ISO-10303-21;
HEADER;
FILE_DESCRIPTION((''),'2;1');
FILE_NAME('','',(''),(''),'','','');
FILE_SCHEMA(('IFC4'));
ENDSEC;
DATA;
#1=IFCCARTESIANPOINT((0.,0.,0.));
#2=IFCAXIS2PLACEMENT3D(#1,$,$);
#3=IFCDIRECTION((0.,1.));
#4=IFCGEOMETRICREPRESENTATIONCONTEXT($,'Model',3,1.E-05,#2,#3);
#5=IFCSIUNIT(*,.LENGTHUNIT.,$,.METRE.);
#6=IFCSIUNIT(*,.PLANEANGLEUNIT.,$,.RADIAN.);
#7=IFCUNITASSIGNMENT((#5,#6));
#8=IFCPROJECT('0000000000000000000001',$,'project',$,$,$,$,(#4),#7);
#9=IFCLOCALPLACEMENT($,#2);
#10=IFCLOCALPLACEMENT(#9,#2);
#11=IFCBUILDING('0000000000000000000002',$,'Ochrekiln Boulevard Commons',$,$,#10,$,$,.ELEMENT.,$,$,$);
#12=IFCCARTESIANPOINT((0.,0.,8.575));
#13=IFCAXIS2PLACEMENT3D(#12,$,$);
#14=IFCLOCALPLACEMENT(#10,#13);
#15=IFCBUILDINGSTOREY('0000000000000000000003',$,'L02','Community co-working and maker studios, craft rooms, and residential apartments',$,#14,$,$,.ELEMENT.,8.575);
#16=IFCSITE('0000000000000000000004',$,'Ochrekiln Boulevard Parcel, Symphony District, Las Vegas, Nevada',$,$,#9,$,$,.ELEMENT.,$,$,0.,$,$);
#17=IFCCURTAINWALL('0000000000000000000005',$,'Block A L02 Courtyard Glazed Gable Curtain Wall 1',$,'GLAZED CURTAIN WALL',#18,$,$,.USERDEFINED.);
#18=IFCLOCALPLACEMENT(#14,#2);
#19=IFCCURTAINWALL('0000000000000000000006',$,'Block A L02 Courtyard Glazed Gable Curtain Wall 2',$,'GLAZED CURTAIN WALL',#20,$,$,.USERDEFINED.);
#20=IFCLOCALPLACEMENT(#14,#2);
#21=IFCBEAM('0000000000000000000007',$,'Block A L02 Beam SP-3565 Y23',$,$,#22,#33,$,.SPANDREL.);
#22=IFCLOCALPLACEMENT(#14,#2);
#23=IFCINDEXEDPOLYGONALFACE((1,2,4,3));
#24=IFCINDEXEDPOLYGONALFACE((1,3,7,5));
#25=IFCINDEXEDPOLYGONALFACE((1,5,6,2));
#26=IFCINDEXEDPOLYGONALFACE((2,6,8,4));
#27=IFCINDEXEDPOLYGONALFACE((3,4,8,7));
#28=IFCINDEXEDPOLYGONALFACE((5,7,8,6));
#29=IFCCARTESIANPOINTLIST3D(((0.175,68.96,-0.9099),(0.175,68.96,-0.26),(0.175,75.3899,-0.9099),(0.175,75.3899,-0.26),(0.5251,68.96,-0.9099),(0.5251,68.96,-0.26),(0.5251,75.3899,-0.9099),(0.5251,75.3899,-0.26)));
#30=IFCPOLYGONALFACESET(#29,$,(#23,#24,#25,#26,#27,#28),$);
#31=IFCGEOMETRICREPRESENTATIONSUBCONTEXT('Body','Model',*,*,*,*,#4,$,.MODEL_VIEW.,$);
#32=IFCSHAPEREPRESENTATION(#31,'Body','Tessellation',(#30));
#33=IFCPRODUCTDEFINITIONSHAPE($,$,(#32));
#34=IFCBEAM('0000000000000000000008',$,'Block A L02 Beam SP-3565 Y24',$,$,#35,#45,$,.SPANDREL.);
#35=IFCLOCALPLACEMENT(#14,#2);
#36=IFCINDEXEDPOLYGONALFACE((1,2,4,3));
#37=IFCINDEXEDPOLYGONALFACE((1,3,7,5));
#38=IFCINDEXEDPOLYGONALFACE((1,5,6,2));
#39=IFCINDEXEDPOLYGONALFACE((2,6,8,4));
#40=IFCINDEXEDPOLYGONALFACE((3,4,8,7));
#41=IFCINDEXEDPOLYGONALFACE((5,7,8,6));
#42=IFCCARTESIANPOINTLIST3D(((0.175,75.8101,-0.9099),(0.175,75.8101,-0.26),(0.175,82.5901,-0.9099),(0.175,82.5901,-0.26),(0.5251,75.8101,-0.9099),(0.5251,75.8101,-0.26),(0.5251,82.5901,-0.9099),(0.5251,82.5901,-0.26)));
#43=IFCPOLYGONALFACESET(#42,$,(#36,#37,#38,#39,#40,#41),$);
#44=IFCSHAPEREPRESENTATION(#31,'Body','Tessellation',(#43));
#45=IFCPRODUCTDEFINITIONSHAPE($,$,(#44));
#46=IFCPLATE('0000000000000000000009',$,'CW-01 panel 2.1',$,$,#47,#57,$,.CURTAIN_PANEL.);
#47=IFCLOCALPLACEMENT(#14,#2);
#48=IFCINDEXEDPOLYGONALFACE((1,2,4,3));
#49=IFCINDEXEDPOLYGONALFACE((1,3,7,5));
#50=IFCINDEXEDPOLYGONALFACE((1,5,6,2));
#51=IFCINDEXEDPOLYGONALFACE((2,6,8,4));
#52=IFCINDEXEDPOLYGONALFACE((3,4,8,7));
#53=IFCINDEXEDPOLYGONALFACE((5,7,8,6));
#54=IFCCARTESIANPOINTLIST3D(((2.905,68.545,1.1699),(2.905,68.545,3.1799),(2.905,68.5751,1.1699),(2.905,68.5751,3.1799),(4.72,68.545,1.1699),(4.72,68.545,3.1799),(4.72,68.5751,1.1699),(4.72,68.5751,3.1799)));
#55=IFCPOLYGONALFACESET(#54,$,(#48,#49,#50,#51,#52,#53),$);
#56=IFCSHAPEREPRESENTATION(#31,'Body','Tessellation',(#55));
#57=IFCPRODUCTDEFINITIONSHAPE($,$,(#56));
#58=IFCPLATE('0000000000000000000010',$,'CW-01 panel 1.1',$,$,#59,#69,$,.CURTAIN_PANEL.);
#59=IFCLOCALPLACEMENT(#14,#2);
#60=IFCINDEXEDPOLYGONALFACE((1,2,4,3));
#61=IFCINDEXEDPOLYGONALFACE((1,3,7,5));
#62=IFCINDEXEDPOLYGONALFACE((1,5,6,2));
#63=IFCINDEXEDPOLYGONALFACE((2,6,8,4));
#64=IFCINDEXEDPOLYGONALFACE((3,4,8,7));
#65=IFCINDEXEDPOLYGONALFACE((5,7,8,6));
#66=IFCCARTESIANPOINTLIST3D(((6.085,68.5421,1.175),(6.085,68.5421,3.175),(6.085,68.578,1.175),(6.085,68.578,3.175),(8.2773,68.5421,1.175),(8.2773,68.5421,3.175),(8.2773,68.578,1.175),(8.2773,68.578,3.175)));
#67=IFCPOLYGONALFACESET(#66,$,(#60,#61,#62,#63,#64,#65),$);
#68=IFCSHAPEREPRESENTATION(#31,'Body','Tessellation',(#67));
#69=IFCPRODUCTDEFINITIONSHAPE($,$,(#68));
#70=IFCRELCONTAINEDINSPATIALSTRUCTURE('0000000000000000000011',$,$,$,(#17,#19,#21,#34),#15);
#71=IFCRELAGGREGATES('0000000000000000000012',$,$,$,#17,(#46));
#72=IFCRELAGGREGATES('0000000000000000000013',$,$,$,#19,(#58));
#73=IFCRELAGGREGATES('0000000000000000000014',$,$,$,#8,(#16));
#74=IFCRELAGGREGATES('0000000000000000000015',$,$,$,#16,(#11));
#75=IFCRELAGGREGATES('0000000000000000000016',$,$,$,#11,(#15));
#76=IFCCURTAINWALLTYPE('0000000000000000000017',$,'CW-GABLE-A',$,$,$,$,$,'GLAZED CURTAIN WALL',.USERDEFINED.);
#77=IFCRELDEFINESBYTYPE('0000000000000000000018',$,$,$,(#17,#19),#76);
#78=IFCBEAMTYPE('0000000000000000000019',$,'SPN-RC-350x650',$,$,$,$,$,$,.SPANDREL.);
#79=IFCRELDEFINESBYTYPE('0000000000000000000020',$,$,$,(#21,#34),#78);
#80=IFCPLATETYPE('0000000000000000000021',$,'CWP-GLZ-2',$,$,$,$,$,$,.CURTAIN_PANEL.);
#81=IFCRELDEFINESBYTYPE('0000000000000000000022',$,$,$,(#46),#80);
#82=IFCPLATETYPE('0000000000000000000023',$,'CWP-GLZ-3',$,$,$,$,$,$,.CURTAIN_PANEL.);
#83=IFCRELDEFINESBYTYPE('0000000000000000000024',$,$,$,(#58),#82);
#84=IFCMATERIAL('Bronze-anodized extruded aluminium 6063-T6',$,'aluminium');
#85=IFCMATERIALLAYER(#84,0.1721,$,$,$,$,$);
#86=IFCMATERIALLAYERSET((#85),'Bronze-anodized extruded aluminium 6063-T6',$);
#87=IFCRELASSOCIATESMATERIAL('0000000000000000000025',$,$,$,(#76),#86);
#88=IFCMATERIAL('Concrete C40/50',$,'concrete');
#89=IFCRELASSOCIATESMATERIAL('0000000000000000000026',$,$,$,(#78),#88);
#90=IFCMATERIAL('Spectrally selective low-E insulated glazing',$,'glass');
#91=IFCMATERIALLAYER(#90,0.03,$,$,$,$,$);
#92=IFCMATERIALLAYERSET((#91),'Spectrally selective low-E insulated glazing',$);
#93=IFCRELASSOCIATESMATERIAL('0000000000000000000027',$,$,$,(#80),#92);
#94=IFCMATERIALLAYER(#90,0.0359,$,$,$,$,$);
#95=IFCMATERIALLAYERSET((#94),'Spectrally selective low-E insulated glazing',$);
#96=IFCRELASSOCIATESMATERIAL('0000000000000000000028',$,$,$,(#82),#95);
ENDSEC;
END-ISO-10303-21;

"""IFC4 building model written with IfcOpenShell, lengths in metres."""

from ifc_helpers import new_model, si_unit, direction, frame, origin, origin_2d, place, context, subcontext, project, spatial, rectangle, extrude, material, layer, layer_set, material_profile, profile_set, type_object, element, aggregate, save


model = new_model("IFC4")

# Units and contexts
model_context = context("Model", 3, precision=1e-05, world=origin(), true_north=direction((0.0, 1.0)))
body_context = subcontext(model_context, "Body", "Model", "MODEL_VIEW")
ifc_project = project(units=[si_unit("LENGTHUNIT", "METRE"), si_unit("PLANEANGLEUNIT", "RADIAN")], contexts=[model_context])

# Site, building, storey
site_placement = place(None, origin())
site = spatial("IfcSite", under=ifc_project, at=site_placement, Name="Ochrekiln Boulevard Parcel, Symphony District, Las Vegas, Nevada", CompositionType="ELEMENT", RefElevation=0.0)
building_placement = place(site_placement, origin())
building = spatial("IfcBuilding", under=site, at=building_placement, Name="Ochrekiln Boulevard Commons", CompositionType="ELEMENT")
storey_placement = place(building_placement, frame((0.0, 0.0, 8.575)))
storey = spatial("IfcBuildingStorey", under=building, at=storey_placement, Name="L02", Description="Community co-working and maker studios, craft rooms, and residential apartments", CompositionType="ELEMENT", Elevation=8.575)

# Shared definitions
ifc_material_1 = material(Name="Concrete C40/50", Category="concrete")

# Curtain wall
ifc_material_2 = material(Name="Bronze-anodized extruded aluminium 6063-T6", Category="aluminium")
ifc_layer_1 = layer(ifc_material_2, 0.1721)
ifc_layer_set_1 = layer_set([ifc_layer_1], Name="Bronze-anodized extruded aluminium 6063-T6")
curtain_wall_type = type_object("IfcCurtainWallType", Name="CW-GABLE-A", ElementType="GLAZED CURTAIN WALL", PredefinedType="USERDEFINED", material=ifc_layer_set_1)
curtain_wall_1_placement = place(storey_placement, origin())
curtain_wall_1 = element("IfcCurtainWall", 1, at=curtain_wall_1_placement, inside=storey, type_object=curtain_wall_type, Name="Block A L02 Courtyard Glazed Gable Curtain Wall 1", ObjectType="GLAZED CURTAIN WALL", PredefinedType="USERDEFINED")

# Curtain wall
curtain_wall_2_placement = place(storey_placement, origin())
curtain_wall_2 = element("IfcCurtainWall", 2, at=curtain_wall_2_placement, inside=storey, type_object=curtain_wall_type, Name="Block A L02 Courtyard Glazed Gable Curtain Wall 2", ObjectType="GLAZED CURTAIN WALL", PredefinedType="USERDEFINED")

# Beams
ifc_material_profile_1 = material_profile(ifc_material_1, rectangle(XDim=0.3501, YDim=0.6499, at=origin_2d()), Name="RC-SPN-350x650")
ifc_profile_set_1 = profile_set([ifc_material_profile_1], Name="Concrete C40/50")
beam_type_1 = type_object("IfcBeamType", Name="SPN-RC-350x650", PredefinedType="SPANDREL", material=ifc_profile_set_1)
beam_1_placement = place(storey_placement, frame((0.3501, 68.96, -0.585), z_axis=(0.0, 1.0, 0.0), x_axis=(-1.0, 0.0, 0.0)))
element("IfcBeam", 3, at=beam_1_placement, inside=storey, type_object=beam_type_1, Name="Block A L02 Beam SP-3565 Y23", PredefinedType="SPANDREL", context=body_context, shape_type="SweptSolid", body=[
    extrude(rectangle(XDim=0.3501, YDim=0.6499, at=origin_2d()), origin(), (0.0, 0.0, 1.0), 6.4299),
])
beam_2_placement = place(storey_placement, frame((0.3501, 75.8101, -0.585), z_axis=(0.0, 1.0, 0.0), x_axis=(-1.0, 0.0, 0.0)))
element("IfcBeam", 4, at=beam_2_placement, inside=storey, type_object=beam_type_1, Name="Block A L02 Beam SP-3565 Y24", PredefinedType="SPANDREL", context=body_context, shape_type="SweptSolid", body=[
    extrude(rectangle(XDim=0.3501, YDim=0.6499, at=origin_2d()), origin(), (0.0, 0.0, 1.0), 6.78),
])

# Plates
ifc_material_3 = material(Name="Spectrally selective low-E insulated glazing", Category="glass")
ifc_layer_2 = layer(ifc_material_3, 0.03)
ifc_layer_set_2 = layer_set([ifc_layer_2], Name="Spectrally selective low-E insulated glazing")
plate_type_1 = type_object("IfcPlateType", Name="CWP-GLZ-2", PredefinedType="CURTAIN_PANEL", material=ifc_layer_set_2)
plate_1_placement = place(storey_placement, frame((3.8125, 68.5601, 1.1699), z_axis=(0.0, 0.0, 1.0), x_axis=(1.0, 0.0, 0.0)))
plate_1 = element("IfcPlate", 5, at=plate_1_placement, type_object=plate_type_1, Name="CW-01 panel 2.1", PredefinedType="CURTAIN_PANEL", context=body_context, shape_type="SweptSolid", body=[
    extrude(rectangle(XDim=1.8149, YDim=0.03, at=origin_2d()), origin(), (0.0, 0.0, 1.0), 2.01),
])
aggregate(curtain_wall_1, [plate_1])
ifc_layer_3 = layer(ifc_material_3, 0.0359)
ifc_layer_set_3 = layer_set([ifc_layer_3], Name="Spectrally selective low-E insulated glazing")
plate_type_2 = type_object("IfcPlateType", Name="CWP-GLZ-3", PredefinedType="CURTAIN_PANEL", material=ifc_layer_set_3)
plate_2_placement = place(storey_placement, frame((7.1812, 68.5601, 1.175), z_axis=(0.0, 0.0, 1.0), x_axis=(1.0, 0.0, 0.0)))
plate_2 = element("IfcPlate", 6, at=plate_2_placement, type_object=plate_type_2, Name="CW-01 panel 1.1", PredefinedType="CURTAIN_PANEL", context=body_context, shape_type="SweptSolid", body=[
    extrude(rectangle(XDim=2.1924, YDim=0.0359, at=origin_2d()), origin(), (0.0, 0.0, 1.0), 2.0),
])
aggregate(curtain_wall_2, [plate_2])

save(model, "model.ifc")
